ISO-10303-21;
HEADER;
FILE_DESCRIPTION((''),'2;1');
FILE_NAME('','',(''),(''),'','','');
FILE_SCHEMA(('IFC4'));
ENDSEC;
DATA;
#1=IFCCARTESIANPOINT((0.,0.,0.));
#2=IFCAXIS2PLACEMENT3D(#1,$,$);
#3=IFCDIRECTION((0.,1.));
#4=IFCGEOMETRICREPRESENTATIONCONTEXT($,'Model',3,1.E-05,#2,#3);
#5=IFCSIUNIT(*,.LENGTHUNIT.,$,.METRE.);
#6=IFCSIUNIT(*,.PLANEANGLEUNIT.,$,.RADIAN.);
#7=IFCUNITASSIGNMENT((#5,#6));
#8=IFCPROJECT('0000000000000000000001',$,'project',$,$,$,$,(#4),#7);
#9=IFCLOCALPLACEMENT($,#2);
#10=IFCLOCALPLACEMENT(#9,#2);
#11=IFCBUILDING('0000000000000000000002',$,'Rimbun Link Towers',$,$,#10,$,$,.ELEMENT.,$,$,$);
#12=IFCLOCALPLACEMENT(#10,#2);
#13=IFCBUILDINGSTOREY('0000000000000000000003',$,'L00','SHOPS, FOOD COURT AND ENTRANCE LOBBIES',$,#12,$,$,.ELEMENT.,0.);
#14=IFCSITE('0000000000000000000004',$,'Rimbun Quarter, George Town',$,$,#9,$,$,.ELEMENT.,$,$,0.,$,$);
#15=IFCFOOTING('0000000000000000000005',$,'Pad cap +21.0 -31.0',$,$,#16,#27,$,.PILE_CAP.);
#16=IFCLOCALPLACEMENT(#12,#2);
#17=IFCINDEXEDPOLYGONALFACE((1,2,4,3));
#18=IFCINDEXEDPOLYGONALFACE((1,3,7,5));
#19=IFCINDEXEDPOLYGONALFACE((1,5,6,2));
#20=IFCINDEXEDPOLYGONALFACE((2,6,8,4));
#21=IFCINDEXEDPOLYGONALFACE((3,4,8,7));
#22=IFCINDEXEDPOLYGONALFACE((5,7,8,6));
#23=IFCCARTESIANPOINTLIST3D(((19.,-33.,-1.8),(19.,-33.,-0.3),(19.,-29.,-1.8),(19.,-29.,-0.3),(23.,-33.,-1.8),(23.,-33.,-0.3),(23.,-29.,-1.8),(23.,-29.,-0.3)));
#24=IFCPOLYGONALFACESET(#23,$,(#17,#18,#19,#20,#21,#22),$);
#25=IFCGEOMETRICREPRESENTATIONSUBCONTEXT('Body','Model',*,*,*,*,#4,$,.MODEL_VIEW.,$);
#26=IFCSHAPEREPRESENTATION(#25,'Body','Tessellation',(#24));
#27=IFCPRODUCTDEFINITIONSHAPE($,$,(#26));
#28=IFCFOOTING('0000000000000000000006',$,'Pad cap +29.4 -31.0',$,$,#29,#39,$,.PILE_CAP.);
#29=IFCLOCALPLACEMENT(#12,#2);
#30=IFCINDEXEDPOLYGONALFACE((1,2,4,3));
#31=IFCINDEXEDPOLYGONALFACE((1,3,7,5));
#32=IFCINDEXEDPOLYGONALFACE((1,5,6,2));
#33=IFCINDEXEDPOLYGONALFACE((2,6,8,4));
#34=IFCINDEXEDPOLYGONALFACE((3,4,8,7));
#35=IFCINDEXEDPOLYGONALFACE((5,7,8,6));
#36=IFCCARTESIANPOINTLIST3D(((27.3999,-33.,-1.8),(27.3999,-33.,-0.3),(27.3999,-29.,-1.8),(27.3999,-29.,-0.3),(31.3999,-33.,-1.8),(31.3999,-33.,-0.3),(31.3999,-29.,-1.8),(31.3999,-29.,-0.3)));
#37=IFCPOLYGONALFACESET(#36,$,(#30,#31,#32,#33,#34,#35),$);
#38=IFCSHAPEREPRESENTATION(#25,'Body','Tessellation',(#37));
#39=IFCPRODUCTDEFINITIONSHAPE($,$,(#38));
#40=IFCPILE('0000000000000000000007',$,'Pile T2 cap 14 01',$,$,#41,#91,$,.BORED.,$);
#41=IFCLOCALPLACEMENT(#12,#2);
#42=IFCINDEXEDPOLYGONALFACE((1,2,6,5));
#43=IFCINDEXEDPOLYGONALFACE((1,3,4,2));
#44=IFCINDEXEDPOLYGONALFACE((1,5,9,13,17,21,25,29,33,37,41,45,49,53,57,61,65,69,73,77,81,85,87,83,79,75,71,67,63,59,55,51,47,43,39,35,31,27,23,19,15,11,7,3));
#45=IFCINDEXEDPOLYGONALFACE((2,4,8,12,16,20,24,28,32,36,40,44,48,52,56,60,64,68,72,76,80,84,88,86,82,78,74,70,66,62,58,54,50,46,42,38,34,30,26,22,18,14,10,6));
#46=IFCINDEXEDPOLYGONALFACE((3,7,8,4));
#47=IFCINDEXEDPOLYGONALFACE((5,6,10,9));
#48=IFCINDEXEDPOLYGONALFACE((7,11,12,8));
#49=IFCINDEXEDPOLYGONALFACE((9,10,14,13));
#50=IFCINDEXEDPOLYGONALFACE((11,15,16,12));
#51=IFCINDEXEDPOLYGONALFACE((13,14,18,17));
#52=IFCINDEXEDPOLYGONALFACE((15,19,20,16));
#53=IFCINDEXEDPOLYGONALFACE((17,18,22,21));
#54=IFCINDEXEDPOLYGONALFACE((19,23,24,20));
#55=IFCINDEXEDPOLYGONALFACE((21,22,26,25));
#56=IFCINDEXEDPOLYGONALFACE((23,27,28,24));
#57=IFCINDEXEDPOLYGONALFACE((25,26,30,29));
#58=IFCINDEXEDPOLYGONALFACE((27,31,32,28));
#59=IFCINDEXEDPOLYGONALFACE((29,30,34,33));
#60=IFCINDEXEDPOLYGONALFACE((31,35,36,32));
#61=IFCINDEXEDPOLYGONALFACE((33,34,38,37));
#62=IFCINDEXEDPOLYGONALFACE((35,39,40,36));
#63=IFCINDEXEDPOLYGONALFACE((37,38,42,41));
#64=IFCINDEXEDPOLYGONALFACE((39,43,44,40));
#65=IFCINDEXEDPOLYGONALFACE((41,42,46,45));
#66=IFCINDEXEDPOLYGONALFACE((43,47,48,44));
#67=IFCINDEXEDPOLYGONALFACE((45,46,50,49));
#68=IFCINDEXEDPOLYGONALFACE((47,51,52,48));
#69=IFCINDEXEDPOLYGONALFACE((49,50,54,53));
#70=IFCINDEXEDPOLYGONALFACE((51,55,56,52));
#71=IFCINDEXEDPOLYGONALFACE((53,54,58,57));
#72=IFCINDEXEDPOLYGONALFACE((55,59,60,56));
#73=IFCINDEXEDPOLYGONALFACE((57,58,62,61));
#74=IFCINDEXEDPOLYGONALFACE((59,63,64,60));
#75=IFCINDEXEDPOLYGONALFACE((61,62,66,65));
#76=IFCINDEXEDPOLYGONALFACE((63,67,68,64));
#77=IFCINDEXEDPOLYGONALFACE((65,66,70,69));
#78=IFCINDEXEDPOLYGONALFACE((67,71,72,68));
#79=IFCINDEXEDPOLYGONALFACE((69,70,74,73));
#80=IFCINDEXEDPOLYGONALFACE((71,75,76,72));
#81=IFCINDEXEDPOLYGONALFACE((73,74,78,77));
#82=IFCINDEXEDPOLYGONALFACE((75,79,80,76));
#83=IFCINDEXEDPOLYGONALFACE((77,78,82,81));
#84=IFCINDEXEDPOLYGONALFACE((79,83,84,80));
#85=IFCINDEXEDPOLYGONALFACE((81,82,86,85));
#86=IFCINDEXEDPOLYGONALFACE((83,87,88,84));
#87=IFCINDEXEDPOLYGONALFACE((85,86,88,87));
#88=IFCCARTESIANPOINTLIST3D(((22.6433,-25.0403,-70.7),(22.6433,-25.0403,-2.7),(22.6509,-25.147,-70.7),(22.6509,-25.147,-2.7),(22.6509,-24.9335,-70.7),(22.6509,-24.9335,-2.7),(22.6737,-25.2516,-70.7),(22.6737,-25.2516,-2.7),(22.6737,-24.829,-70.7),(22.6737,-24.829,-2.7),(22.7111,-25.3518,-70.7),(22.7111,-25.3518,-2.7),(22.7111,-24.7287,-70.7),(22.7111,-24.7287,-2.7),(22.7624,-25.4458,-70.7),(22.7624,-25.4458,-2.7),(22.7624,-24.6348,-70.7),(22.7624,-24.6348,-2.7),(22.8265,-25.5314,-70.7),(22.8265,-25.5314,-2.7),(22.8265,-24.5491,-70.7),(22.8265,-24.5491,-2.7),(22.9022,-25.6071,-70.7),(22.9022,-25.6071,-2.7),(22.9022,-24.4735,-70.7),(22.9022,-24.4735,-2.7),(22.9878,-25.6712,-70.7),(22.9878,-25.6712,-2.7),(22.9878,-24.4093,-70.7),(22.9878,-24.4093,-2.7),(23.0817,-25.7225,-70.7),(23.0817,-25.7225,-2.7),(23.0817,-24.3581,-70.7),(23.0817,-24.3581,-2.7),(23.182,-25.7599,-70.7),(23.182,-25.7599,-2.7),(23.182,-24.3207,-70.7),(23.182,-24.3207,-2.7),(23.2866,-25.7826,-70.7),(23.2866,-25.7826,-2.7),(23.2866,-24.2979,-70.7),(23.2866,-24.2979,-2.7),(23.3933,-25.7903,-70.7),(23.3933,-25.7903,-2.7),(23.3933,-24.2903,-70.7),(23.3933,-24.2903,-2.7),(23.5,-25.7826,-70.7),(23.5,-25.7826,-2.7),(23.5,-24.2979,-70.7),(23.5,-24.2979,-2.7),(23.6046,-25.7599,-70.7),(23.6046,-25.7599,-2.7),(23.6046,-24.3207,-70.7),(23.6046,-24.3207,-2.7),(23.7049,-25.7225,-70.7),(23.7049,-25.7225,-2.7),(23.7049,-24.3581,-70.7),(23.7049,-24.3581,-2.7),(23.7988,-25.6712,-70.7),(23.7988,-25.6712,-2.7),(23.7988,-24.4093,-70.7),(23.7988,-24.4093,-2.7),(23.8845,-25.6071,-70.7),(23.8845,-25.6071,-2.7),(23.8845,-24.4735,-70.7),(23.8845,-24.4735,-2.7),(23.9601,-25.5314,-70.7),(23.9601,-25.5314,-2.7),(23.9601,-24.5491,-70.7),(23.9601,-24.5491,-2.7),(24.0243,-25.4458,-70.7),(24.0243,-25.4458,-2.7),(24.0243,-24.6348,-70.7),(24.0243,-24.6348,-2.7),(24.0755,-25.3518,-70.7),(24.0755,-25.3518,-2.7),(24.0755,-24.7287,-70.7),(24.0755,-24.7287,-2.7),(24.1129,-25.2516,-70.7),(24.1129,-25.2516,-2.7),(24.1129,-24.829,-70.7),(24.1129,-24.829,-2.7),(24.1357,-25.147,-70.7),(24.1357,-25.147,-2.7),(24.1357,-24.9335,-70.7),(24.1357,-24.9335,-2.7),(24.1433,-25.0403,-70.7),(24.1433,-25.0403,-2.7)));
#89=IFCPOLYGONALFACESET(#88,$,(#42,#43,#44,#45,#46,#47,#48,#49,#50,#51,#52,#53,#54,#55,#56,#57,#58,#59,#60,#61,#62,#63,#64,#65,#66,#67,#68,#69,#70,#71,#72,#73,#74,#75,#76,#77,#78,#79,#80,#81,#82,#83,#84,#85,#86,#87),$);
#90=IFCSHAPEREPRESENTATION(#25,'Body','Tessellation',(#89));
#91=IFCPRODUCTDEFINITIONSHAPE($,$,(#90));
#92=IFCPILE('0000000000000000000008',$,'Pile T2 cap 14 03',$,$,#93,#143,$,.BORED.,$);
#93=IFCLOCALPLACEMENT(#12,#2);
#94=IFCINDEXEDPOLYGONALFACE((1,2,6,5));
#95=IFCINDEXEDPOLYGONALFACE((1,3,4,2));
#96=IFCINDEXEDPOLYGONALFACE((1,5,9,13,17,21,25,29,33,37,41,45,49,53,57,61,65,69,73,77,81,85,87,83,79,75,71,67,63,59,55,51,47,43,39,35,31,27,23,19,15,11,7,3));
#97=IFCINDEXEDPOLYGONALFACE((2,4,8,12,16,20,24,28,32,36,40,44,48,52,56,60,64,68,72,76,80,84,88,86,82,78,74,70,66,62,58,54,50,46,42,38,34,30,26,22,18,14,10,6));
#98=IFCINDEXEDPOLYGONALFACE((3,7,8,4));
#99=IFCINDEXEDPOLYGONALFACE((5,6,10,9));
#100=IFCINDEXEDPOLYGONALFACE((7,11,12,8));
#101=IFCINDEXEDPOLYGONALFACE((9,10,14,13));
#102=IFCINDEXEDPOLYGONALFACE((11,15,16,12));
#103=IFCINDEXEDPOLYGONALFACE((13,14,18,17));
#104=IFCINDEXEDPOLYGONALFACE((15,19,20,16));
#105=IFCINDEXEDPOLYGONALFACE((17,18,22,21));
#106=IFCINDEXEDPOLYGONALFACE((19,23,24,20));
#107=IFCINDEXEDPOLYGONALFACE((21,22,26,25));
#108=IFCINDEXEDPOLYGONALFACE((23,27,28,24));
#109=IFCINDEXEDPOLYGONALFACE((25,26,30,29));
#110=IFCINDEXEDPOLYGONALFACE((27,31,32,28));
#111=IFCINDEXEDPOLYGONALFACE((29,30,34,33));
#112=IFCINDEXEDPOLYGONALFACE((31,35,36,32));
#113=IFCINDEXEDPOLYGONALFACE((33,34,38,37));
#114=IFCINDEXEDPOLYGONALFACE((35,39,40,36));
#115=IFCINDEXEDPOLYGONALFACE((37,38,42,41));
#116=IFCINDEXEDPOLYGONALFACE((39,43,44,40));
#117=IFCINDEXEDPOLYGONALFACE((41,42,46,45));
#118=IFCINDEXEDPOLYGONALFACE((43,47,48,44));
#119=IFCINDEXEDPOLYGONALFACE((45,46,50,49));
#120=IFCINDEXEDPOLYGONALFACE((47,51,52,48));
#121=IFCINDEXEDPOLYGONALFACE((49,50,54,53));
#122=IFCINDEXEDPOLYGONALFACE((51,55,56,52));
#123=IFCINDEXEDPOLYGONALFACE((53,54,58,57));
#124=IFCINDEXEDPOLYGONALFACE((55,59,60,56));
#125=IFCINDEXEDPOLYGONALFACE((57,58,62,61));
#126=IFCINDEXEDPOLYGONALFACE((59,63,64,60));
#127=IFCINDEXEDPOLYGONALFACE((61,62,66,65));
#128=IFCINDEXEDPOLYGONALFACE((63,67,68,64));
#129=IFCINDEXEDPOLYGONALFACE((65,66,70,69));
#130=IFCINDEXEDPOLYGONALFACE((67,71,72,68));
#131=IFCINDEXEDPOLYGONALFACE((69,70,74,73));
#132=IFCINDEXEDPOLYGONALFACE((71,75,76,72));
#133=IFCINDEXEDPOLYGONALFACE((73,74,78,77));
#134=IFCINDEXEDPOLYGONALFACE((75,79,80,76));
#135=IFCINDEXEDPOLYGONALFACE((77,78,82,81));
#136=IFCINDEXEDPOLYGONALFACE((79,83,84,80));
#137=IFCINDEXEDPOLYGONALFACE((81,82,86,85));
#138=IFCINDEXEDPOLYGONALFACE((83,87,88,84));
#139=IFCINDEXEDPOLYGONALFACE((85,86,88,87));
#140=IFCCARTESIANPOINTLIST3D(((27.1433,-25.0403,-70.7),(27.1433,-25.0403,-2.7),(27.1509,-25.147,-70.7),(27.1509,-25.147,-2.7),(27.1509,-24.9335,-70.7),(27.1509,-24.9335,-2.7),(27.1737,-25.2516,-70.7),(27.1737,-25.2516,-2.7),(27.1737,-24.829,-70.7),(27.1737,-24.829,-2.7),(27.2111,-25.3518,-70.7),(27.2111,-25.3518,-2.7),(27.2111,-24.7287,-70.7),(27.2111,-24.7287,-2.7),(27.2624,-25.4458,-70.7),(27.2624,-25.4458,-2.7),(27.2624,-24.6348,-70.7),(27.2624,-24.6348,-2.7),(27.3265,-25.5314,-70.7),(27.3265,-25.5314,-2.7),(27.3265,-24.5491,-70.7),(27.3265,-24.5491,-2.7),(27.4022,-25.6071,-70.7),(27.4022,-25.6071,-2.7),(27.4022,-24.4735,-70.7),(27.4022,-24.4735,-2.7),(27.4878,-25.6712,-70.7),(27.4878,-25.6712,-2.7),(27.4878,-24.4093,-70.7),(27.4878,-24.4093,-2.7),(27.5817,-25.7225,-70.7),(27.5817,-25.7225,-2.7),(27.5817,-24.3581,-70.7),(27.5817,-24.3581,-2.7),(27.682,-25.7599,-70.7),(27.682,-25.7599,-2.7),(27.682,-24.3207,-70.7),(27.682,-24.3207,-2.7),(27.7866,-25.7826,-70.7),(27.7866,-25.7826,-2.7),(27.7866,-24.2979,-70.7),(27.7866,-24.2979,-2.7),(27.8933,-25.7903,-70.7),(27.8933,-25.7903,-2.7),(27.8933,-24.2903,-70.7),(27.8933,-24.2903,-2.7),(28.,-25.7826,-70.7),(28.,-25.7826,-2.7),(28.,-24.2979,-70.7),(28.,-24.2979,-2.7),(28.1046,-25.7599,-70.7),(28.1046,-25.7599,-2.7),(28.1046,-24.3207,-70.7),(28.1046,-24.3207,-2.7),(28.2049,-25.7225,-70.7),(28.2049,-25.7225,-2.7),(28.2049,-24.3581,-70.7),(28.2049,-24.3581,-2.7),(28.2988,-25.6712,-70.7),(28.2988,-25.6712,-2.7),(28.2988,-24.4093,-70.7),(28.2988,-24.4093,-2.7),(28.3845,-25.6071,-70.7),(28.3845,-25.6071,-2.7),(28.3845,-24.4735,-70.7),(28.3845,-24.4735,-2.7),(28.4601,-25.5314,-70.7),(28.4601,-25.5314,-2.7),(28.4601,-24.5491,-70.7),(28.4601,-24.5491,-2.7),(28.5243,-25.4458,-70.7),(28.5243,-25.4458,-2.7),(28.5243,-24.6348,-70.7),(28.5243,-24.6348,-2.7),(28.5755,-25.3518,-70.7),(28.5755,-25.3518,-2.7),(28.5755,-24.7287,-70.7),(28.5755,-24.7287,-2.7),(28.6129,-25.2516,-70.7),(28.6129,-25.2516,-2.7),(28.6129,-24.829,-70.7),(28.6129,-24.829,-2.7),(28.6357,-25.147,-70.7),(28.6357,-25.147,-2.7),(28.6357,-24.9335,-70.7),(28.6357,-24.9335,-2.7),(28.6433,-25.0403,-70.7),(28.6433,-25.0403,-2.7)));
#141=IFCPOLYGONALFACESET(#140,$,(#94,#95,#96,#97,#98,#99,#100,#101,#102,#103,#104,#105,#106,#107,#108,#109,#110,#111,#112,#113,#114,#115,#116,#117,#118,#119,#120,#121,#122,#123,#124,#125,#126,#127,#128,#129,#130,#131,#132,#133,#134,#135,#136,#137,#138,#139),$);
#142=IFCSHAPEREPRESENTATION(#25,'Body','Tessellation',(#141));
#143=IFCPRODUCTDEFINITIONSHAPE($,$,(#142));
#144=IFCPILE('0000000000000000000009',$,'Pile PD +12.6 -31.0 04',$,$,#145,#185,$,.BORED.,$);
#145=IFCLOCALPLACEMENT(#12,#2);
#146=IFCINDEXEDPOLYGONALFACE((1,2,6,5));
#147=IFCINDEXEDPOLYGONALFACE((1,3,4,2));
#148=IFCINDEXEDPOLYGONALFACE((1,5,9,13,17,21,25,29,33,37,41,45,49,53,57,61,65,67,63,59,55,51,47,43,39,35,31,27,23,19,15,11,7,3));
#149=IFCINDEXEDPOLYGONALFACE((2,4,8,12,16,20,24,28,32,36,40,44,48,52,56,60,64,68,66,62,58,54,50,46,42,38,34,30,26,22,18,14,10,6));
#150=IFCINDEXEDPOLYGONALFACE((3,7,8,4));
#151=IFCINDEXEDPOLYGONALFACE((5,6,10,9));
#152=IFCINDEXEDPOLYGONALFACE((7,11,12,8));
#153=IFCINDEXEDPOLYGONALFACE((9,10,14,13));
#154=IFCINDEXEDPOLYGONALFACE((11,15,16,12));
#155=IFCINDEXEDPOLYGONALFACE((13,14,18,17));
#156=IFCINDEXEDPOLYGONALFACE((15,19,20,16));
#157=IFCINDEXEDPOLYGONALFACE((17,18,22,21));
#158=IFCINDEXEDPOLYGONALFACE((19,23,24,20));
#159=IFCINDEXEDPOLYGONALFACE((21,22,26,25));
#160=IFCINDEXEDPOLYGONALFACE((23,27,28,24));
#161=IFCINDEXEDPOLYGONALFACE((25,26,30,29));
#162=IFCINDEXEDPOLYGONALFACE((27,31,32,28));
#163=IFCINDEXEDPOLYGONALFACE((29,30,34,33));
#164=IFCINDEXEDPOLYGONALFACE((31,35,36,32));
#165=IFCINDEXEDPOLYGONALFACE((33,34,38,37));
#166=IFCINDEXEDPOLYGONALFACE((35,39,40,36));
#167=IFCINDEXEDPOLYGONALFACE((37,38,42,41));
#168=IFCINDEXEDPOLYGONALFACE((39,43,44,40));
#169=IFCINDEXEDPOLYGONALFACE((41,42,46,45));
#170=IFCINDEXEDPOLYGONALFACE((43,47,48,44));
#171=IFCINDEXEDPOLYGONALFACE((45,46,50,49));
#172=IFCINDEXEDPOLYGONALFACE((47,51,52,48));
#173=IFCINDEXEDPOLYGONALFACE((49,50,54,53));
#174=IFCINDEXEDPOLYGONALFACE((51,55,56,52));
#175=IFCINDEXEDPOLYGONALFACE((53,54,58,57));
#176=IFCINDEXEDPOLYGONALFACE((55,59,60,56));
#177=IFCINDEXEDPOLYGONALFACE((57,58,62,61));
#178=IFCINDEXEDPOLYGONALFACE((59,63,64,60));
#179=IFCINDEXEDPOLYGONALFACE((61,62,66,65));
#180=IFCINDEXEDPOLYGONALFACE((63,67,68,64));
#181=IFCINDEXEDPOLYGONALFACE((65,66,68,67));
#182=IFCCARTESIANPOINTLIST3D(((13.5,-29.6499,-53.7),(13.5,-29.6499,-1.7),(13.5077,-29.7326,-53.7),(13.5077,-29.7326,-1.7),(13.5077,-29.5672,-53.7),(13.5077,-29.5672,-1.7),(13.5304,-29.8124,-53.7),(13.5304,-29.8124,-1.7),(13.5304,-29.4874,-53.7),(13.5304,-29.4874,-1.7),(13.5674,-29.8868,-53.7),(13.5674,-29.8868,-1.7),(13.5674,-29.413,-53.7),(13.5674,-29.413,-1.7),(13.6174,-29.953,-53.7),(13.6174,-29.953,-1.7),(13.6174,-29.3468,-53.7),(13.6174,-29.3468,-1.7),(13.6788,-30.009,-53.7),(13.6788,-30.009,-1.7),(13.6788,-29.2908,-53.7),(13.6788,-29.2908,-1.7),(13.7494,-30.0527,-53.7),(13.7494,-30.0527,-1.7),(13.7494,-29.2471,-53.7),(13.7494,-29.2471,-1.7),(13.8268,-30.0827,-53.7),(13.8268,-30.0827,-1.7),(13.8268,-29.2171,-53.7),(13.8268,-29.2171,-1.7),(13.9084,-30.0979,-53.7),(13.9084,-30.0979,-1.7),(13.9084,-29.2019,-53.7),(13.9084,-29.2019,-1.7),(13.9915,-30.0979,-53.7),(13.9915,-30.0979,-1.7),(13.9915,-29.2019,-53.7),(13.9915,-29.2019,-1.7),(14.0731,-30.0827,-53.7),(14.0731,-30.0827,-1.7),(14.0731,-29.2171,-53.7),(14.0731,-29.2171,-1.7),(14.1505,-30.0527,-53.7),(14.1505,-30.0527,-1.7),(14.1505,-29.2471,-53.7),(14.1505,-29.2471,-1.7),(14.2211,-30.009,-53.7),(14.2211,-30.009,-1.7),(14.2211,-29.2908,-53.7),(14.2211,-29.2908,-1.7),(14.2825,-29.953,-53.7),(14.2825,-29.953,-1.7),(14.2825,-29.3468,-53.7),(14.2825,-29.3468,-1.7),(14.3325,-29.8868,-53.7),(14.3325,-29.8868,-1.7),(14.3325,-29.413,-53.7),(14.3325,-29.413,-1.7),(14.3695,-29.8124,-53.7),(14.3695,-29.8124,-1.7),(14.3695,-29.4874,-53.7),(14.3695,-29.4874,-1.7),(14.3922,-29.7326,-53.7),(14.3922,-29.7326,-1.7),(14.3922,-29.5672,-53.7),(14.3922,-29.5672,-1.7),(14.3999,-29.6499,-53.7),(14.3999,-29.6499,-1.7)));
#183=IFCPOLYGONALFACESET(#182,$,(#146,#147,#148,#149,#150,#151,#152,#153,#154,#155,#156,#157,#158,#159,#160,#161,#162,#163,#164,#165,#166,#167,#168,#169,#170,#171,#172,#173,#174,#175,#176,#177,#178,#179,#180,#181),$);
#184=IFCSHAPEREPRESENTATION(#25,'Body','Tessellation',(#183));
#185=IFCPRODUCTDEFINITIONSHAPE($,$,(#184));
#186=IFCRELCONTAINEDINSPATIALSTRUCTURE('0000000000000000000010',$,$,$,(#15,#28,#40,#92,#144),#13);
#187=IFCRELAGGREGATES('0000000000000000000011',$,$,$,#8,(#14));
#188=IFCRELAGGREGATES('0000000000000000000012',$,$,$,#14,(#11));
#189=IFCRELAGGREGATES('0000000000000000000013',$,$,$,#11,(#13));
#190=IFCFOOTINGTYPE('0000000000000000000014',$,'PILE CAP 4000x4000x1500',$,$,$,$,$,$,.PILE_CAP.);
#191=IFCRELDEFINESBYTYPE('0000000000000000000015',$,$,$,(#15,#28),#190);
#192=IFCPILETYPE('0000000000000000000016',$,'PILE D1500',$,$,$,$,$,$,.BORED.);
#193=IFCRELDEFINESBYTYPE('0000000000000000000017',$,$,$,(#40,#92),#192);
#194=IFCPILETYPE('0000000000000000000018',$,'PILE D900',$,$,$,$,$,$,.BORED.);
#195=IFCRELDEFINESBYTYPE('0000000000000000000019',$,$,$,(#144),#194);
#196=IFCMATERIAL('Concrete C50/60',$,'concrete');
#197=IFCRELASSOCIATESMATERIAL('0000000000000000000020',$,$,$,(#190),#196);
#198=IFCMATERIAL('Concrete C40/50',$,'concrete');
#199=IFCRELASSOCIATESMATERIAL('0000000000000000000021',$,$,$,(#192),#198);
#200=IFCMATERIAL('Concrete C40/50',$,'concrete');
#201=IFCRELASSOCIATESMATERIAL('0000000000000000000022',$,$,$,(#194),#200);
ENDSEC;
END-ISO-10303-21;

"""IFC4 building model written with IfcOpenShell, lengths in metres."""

from ifc_helpers import new_model, si_unit, direction, frame, origin, origin_2d, place, context, subcontext, project, spatial, rectangle, circle, extrude, material, material_profile, profile_set, type_object, element, save


model = new_model("IFC4")

# Units and contexts
model_context = context("Model", 3, precision=1e-05, world=origin(), true_north=direction((0.0, 1.0)))
body_context = subcontext(model_context, "Body", "Model", "MODEL_VIEW")
ifc_project = project(units=[si_unit("LENGTHUNIT", "METRE"), si_unit("PLANEANGLEUNIT", "RADIAN")], contexts=[model_context])

# Site, building, storey
site_placement = place(None, origin())
site = spatial("IfcSite", under=ifc_project, at=site_placement, Name="Rimbun Quarter, George Town", CompositionType="ELEMENT", RefElevation=0.0)
building_placement = place(site_placement, origin())
building = spatial("IfcBuilding", under=site, at=building_placement, Name="Rimbun Link Towers", CompositionType="ELEMENT")
storey_placement = place(building_placement, origin())
storey = spatial("IfcBuildingStorey", under=building, at=storey_placement, Name="L00", Description="SHOPS, FOOD COURT AND ENTRANCE LOBBIES", CompositionType="ELEMENT", Elevation=0.0)

# Footings
ifc_material_1 = material(Name="Concrete C50/60", Category="concrete")
footing_type = type_object("IfcFootingType", Name="PILE CAP 4000x4000x1500", PredefinedType="PILE_CAP", material=ifc_material_1)
for number, where, z_axis, x_axis, name in (
    (1, (21.0, -31.0, -1.8), (0.0, 0.0, 1.0), (1.0, 0.0, 0.0), "Pad cap +21.0 -31.0"),
    (2, (29.3999, -31.0, -1.8), (0.0, 0.0, 1.0), (1.0, 0.0, 0.0), "Pad cap +29.4 -31.0"),
):
    element("IfcFooting", number, at=place(storey_placement, frame(where, z_axis=z_axis, x_axis=x_axis)), inside=storey, type_object=footing_type, Name=name, PredefinedType="PILE_CAP", context=body_context, shape_type="SweptSolid", body=[
        extrude(rectangle(XDim=4.0, YDim=4.0, at=origin_2d()), origin(), (0.0, 0.0, 1.0), 1.5),
    ])

# Piles
ifc_material_2 = material(Name="Concrete C40/50", Category="concrete")
ifc_material_profile_1 = material_profile(ifc_material_2, circle(Radius=0.75, at=origin_2d()), Name="PILE D1500")
ifc_profile_set_1 = profile_set([ifc_material_profile_1], Name="Concrete C40/50")
pile_type_1 = type_object("IfcPileType", Name="PILE D1500", PredefinedType="BORED", material=ifc_profile_set_1)
for number, where, z_axis, x_axis, name in (
    (3, (23.3933, -25.0403, -2.7), (0.0, 0.0, -1.0), (1.0, 0.0, 0.0), "Pile T2 cap 14 01"),
    (4, (27.8933, -25.0403, -2.7), (0.0, 0.0, -1.0), (1.0, 0.0, 0.0), "Pile T2 cap 14 03"),
):
    element("IfcPile", number, at=place(storey_placement, frame(where, z_axis=z_axis, x_axis=x_axis)), inside=storey, type_object=pile_type_1, Name=name, PredefinedType="BORED", context=body_context, shape_type="SweptSolid", body=[
        extrude(circle(Radius=0.75, at=origin_2d()), origin(), (0.0, 0.0, 1.0), 68.0),
    ])
ifc_material_3 = material(Name="Concrete C40/50", Category="concrete")
ifc_material_profile_2 = material_profile(ifc_material_3, circle(Radius=0.45, at=origin_2d()), Name="PILE D900")
ifc_profile_set_2 = profile_set([ifc_material_profile_2], Name="Concrete C40/50")
pile_type_2 = type_object("IfcPileType", Name="PILE D900", PredefinedType="BORED", material=ifc_profile_set_2)
for number, where, z_axis, x_axis, name in (
    (5, (13.95, -29.6499, -1.7), (0.0, 0.0, -1.0), (1.0, 0.0, 0.0), "Pile PD +12.6 -31.0 04"),
):
    element("IfcPile", number, at=place(storey_placement, frame(where, z_axis=z_axis, x_axis=x_axis)), inside=storey, type_object=pile_type_2, Name=name, PredefinedType="BORED", context=body_context, shape_type="SweptSolid", body=[
        extrude(circle(Radius=0.45, at=origin_2d()), origin(), (0.0, 0.0, 1.0), 52.0),
    ])

save(model, "model.ifc")
